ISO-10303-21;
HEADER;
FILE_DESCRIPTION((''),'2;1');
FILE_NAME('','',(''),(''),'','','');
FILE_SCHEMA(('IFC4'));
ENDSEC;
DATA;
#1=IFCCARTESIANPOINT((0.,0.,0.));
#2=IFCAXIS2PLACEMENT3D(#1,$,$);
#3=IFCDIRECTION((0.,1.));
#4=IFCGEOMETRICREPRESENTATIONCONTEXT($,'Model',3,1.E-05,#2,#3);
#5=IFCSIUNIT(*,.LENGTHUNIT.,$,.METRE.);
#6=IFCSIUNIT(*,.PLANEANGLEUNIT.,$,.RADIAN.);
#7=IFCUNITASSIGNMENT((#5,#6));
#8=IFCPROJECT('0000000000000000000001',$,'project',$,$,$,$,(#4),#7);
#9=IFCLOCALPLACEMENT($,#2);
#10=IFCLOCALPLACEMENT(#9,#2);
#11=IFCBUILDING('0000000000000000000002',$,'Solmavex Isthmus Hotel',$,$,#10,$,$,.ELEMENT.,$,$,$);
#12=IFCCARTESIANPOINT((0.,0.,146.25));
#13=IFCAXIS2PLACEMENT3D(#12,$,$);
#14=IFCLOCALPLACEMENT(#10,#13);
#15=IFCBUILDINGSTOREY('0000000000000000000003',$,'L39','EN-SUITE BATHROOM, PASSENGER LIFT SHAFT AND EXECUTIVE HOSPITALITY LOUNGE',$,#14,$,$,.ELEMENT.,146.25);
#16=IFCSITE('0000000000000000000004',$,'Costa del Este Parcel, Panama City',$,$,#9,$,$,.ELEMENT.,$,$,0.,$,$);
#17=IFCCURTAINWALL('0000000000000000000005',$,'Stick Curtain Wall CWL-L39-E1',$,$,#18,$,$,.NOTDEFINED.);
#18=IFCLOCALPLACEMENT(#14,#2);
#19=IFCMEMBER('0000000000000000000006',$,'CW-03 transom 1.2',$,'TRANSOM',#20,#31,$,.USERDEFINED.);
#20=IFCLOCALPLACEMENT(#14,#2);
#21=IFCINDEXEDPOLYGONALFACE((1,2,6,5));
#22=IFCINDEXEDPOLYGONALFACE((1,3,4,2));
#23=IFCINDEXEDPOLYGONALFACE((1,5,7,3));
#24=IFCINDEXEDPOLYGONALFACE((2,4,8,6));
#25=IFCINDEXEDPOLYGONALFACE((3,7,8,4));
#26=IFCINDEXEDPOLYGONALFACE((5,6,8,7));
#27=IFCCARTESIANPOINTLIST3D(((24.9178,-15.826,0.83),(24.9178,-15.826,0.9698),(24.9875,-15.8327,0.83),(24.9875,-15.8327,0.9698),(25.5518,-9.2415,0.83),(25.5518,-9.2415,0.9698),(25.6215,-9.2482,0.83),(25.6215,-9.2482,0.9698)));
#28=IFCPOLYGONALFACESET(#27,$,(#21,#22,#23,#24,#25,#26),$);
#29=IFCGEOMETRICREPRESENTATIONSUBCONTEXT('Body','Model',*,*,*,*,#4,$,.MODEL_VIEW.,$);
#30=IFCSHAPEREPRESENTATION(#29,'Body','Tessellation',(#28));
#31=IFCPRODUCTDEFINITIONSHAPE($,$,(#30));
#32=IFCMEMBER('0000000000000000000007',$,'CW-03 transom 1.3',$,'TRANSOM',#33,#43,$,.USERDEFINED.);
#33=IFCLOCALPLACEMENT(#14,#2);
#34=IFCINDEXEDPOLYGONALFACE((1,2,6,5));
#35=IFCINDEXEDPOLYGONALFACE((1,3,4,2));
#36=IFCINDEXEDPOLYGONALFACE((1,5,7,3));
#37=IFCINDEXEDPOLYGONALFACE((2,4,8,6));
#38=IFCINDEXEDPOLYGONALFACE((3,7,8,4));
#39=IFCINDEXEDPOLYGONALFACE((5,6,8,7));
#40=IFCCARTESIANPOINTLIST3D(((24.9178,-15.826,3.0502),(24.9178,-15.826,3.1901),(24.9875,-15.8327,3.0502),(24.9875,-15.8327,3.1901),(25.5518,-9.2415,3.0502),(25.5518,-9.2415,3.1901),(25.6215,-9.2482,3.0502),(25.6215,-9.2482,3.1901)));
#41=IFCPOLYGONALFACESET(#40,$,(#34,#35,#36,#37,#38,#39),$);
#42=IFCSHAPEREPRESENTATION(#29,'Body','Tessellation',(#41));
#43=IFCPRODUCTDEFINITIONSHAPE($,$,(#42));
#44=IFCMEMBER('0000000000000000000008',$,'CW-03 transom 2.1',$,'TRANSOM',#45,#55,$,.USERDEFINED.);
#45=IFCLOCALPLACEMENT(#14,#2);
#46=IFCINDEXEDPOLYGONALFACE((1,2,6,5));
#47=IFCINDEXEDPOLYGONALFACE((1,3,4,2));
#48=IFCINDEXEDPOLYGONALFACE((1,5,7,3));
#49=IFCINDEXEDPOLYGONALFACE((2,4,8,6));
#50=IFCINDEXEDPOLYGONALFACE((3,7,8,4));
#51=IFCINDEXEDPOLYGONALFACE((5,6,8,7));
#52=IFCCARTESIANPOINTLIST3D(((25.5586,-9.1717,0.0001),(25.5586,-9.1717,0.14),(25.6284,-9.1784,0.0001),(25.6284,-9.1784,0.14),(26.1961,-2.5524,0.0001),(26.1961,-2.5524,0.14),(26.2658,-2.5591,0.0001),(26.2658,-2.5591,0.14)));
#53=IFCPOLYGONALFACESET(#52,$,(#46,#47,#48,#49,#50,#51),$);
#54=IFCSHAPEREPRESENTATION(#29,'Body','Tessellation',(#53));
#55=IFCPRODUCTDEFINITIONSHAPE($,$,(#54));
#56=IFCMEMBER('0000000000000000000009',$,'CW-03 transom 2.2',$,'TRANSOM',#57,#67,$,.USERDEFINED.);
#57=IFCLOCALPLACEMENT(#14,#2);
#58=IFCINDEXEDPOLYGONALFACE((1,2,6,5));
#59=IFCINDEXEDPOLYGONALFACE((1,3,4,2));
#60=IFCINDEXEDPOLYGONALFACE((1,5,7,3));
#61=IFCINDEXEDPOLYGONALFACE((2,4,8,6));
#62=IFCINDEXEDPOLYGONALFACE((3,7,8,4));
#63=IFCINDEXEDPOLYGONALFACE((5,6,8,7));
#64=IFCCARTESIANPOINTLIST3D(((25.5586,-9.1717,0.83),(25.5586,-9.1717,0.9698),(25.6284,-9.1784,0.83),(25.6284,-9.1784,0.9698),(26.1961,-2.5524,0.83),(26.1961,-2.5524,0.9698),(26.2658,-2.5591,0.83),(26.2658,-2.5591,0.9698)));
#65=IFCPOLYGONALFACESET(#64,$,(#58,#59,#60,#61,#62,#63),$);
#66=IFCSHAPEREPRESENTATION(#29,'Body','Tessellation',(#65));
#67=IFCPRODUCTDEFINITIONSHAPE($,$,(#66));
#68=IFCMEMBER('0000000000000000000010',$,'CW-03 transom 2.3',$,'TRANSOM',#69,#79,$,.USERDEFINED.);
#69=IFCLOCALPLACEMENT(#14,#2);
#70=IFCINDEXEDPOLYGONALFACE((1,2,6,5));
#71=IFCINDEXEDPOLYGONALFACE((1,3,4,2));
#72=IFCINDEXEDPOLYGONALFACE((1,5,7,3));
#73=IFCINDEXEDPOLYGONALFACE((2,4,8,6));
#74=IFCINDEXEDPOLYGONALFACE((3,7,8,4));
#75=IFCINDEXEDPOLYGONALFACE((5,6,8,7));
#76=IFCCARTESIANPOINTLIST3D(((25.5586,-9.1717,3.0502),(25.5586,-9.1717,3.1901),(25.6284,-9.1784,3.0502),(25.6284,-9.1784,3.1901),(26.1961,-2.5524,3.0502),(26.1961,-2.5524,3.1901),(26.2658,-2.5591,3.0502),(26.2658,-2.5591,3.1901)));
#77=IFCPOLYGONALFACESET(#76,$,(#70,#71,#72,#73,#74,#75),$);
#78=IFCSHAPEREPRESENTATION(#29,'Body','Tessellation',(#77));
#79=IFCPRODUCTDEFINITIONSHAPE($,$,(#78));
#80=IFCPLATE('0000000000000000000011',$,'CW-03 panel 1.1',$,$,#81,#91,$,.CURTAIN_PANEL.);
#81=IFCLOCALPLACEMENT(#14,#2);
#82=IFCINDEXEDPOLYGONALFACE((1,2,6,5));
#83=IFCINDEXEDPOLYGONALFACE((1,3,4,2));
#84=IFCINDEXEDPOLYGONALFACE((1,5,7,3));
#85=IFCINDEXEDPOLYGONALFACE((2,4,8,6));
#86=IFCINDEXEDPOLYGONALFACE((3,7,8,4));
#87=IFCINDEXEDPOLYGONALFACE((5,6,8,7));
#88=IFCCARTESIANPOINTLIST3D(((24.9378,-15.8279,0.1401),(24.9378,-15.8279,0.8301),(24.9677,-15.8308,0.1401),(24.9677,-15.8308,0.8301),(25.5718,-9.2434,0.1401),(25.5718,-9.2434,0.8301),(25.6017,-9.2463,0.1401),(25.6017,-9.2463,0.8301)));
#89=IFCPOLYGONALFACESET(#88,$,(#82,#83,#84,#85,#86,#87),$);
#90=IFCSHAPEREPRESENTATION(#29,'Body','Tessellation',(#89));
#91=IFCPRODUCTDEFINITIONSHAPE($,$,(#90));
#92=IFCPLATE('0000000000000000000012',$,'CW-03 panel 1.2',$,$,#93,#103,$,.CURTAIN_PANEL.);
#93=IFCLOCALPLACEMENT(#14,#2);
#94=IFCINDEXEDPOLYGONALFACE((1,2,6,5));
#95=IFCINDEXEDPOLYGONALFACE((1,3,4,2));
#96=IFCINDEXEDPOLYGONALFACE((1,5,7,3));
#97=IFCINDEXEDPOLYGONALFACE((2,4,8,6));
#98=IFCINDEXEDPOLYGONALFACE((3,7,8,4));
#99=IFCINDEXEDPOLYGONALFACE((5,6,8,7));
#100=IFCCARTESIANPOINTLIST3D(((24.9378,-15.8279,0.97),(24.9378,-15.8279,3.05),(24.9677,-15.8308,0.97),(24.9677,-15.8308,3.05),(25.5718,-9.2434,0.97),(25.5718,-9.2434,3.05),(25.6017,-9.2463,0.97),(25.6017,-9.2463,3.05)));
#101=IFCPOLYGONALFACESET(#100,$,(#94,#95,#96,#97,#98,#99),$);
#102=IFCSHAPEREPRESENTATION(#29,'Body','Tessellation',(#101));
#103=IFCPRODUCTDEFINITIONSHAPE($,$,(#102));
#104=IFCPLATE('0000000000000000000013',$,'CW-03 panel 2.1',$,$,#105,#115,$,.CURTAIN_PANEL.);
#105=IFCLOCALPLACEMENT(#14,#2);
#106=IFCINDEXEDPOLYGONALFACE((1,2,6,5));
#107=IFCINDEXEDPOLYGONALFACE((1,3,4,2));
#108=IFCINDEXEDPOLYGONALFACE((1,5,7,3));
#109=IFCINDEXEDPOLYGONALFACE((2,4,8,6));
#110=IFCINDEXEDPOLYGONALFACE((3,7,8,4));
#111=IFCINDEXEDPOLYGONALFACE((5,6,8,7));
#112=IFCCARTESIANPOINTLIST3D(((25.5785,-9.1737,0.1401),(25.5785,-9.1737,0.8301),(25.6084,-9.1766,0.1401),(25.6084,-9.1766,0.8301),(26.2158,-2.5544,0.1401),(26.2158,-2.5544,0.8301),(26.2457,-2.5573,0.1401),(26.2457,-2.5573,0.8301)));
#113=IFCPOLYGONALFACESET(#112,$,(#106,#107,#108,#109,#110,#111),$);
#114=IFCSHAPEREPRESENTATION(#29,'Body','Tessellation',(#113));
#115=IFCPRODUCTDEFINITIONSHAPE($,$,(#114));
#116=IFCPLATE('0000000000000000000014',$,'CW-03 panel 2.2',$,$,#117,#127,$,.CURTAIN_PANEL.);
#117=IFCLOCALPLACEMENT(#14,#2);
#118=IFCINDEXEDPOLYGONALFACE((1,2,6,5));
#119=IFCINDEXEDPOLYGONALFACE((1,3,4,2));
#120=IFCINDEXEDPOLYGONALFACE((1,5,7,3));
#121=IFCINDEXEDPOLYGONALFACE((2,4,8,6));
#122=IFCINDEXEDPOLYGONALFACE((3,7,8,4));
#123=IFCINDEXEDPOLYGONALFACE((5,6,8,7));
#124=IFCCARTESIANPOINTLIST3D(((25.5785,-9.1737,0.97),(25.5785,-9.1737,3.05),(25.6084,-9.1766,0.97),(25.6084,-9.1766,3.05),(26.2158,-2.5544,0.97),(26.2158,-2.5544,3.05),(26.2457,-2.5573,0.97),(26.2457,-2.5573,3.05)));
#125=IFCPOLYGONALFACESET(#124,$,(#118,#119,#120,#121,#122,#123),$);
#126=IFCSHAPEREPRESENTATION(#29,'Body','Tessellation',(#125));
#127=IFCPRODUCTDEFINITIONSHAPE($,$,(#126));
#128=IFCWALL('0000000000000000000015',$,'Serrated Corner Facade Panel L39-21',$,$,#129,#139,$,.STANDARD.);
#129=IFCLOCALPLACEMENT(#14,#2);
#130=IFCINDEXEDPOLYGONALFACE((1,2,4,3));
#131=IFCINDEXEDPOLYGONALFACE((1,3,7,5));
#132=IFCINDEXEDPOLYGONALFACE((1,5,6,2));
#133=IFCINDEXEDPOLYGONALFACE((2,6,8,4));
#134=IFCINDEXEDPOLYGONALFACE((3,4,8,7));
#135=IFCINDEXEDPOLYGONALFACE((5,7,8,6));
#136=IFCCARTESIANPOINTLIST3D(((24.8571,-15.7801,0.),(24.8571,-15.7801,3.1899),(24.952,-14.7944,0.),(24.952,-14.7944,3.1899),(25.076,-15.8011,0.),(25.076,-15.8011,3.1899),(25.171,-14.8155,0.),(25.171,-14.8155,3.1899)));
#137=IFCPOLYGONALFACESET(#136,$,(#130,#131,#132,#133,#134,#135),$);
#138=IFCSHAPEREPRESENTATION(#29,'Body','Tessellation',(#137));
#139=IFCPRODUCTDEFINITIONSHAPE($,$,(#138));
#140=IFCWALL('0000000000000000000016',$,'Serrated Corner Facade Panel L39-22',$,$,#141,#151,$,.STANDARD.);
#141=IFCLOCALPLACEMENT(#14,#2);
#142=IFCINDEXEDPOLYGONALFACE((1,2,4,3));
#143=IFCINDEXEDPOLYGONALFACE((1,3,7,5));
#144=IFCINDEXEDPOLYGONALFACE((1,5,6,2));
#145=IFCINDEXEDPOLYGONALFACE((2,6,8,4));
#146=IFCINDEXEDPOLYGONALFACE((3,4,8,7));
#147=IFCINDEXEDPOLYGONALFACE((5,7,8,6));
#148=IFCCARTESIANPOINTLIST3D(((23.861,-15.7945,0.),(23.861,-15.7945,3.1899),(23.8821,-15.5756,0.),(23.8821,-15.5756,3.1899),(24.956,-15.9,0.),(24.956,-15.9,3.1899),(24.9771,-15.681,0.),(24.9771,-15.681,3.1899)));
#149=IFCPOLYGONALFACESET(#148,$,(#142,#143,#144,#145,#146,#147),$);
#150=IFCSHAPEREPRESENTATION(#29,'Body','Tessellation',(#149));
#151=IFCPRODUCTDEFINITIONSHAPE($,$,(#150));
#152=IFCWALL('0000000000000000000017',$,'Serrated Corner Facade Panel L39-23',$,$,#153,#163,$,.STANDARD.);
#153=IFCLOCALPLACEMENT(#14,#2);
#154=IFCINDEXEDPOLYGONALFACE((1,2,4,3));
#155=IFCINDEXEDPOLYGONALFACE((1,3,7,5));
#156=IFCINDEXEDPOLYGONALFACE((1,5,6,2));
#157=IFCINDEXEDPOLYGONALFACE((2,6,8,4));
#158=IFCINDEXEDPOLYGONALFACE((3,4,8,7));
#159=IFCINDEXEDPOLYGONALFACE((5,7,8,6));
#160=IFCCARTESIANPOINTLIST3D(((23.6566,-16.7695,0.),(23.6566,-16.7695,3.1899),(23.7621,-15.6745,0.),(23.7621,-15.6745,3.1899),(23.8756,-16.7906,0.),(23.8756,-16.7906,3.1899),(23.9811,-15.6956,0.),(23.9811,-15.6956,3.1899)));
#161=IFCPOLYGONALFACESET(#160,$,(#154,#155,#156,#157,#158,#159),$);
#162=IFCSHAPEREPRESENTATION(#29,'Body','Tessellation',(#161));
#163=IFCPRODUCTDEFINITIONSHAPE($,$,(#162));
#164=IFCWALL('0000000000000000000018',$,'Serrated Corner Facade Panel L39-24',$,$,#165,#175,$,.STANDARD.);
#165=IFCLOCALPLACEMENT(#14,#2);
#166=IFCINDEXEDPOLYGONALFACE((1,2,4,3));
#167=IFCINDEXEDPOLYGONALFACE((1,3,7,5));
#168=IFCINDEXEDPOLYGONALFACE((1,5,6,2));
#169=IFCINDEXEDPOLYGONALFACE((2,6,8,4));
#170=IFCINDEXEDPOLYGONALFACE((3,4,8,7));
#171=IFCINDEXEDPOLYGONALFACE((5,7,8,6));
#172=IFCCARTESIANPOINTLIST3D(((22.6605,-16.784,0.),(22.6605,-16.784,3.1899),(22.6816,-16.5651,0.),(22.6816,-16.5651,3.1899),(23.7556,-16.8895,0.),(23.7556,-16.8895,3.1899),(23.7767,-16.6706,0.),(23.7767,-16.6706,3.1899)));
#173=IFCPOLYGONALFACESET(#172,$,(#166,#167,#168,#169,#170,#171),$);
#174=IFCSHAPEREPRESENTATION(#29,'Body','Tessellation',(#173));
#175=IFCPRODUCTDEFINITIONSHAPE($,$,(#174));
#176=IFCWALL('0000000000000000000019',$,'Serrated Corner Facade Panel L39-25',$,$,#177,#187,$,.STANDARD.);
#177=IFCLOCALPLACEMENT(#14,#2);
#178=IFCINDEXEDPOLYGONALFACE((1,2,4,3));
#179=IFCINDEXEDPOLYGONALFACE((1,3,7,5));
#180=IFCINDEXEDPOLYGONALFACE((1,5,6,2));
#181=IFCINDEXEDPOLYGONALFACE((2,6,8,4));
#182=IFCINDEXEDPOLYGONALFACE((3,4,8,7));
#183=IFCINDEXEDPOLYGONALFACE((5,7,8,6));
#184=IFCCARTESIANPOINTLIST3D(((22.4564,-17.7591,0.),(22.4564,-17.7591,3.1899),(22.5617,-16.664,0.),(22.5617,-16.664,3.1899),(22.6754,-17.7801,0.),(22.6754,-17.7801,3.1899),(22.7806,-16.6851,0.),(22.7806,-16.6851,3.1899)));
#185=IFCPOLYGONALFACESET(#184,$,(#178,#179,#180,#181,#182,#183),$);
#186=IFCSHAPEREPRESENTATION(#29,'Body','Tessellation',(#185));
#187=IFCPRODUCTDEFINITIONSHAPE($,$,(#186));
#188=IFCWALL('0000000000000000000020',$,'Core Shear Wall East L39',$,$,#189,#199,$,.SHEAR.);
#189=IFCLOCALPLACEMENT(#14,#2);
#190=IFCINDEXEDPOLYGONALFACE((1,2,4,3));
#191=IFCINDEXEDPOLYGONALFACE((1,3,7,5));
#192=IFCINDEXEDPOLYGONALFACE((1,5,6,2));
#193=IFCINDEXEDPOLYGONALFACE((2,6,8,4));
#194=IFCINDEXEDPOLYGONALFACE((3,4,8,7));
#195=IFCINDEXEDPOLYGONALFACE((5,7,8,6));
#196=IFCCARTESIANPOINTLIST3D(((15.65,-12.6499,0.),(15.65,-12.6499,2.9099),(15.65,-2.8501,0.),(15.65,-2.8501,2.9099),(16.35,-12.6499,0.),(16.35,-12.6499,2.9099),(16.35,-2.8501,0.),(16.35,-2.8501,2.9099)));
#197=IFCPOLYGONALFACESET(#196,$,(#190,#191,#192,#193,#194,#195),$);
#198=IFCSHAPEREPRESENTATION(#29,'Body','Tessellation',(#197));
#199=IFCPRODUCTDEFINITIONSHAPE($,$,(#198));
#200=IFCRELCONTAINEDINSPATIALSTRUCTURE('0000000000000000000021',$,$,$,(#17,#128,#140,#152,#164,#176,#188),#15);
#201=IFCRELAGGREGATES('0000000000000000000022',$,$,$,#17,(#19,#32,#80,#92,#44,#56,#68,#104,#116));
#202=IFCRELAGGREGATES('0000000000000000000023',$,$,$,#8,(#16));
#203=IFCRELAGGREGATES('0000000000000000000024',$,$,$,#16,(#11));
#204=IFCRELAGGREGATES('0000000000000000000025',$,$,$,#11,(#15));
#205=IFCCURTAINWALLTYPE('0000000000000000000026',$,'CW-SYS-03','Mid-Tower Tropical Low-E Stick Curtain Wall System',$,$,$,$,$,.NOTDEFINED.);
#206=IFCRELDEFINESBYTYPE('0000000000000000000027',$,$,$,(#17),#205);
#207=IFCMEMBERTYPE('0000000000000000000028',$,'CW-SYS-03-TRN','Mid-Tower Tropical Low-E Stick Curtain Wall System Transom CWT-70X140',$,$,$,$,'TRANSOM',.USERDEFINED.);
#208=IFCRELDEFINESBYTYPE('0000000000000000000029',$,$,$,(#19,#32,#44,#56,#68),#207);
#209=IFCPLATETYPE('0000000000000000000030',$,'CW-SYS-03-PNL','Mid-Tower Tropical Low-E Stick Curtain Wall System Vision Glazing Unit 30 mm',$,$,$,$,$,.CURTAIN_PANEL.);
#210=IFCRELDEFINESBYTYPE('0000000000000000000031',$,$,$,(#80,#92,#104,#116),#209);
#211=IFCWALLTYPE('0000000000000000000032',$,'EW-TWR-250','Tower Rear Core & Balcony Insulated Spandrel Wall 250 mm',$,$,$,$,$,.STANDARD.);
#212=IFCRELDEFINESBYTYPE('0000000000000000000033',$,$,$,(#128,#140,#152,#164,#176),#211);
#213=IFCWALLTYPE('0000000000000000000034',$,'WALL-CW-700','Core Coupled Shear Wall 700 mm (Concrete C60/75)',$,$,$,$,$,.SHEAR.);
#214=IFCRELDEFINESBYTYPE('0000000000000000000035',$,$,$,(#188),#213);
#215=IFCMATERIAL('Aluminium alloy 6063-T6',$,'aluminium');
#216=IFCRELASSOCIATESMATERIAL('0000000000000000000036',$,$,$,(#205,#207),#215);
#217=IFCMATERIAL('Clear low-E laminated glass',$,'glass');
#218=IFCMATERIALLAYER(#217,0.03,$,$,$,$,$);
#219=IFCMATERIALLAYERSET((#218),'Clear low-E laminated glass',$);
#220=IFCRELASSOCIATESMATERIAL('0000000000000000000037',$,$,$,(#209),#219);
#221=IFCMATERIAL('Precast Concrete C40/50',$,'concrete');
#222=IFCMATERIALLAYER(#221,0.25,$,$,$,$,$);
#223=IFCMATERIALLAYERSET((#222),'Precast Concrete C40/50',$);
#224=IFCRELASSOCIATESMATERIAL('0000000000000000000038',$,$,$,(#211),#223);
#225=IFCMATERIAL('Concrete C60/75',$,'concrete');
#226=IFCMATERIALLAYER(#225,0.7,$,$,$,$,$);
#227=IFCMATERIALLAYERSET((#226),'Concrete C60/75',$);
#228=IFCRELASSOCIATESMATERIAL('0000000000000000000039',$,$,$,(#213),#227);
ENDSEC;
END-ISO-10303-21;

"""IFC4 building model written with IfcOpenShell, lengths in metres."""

from ifc_helpers import new_model, si_unit, direction, frame, frame_2d, origin, origin_2d, place, context, subcontext, project, spatial, rectangle, extrude, material, layer, layer_set, material_profile, profile_set, type_object, element, aggregate, save


model = new_model("IFC4")

# Units and contexts
model_context = context("Model", 3, precision=1e-05, world=origin(), true_north=direction((0.0, 1.0)))
body_context = subcontext(model_context, "Body", "Model", "MODEL_VIEW")
ifc_project = project(units=[si_unit("LENGTHUNIT", "METRE"), si_unit("PLANEANGLEUNIT", "RADIAN")], contexts=[model_context])

# Site, building, storey
site_placement = place(None, origin())
site = spatial("IfcSite", under=ifc_project, at=site_placement, Name="Costa del Este Parcel, Panama City", CompositionType="ELEMENT", RefElevation=0.0)
building_placement = place(site_placement, origin())
building = spatial("IfcBuilding", under=site, at=building_placement, Name="Solmavex Isthmus Hotel", CompositionType="ELEMENT")
storey_placement = place(building_placement, frame((0.0, 0.0, 146.25)))
storey = spatial("IfcBuildingStorey", under=building, at=storey_placement, Name="L39", Description="EN-SUITE BATHROOM, PASSENGER LIFT SHAFT AND EXECUTIVE HOSPITALITY LOUNGE", CompositionType="ELEMENT", Elevation=146.25)

# Shared definitions
ifc_material_1 = material(Name="Concrete C60/75", Category="concrete")

# Curtain wall, members, plates
ifc_material_2 = material(Name="Aluminium alloy 6063-T6", Category="aluminium")
curtain_wall_type = type_object("IfcCurtainWallType", Name="CW-SYS-03", Description="Mid-Tower Tropical Low-E Stick Curtain Wall System", PredefinedType="NOTDEFINED", material=ifc_material_2)
curtain_wall_placement = place(storey_placement, origin())
curtain_wall = element("IfcCurtainWall", 1, at=curtain_wall_placement, inside=storey, type_object=curtain_wall_type, Name="Stick Curtain Wall CWL-L39-E1", PredefinedType="NOTDEFINED")
ifc_material_profile_1 = material_profile(ifc_material_2, rectangle(XDim=0.0701, YDim=0.1399, at=origin_2d()), Name="CWT-70X140")
ifc_profile_set_1 = profile_set([ifc_material_profile_1], Name="Aluminium alloy 6063-T6")
member_type_1 = type_object("IfcMemberType", Name="CW-SYS-03-TRN", Description="Mid-Tower Tropical Low-E Stick Curtain Wall System Transom CWT-70X140", ElementType="TRANSOM", PredefinedType="USERDEFINED", material=ifc_profile_set_1)
member_1_placement = place(storey_placement, frame((24.9526, -15.8293, 0.8999), z_axis=(0.095849, 0.995396, 0.0), x_axis=(-0.995396, 0.095849, 0.0)))
member_1 = element("IfcMember", 2, at=member_1_placement, type_object=member_type_1, Name="CW-03 transom 1.2", ObjectType="TRANSOM", PredefinedType="USERDEFINED", context=body_context, shape_type="SweptSolid", body=[
    extrude(rectangle(XDim=0.0701, YDim=0.1399, at=origin_2d()), origin(), (0.0, 0.0, 1.0), 6.615),
])
member_2_placement = place(storey_placement, frame((24.9526, -15.8293, 3.1201), z_axis=(0.095849, 0.995396, 0.0), x_axis=(-0.995396, 0.095849, 0.0)))
member_2 = element("IfcMember", 3, at=member_2_placement, type_object=member_type_1, Name="CW-03 transom 1.3", ObjectType="TRANSOM", PredefinedType="USERDEFINED", context=body_context, shape_type="SweptSolid", body=[
    extrude(rectangle(XDim=0.0701, YDim=0.1399, at=origin_2d()), origin(), (0.0, 0.0, 1.0), 6.615),
])
member_3_placement = place(storey_placement, frame((25.5935, -9.175, 0.0701), z_axis=(0.095857, 0.995395, 0.0), x_axis=(-0.995395, 0.095857, 0.0)))
member_3 = element("IfcMember", 4, at=member_3_placement, type_object=member_type_1, Name="CW-03 transom 2.1", ObjectType="TRANSOM", PredefinedType="USERDEFINED", context=body_context, shape_type="SweptSolid", body=[
    extrude(rectangle(XDim=0.0701, YDim=0.1399, at=origin_2d()), origin(), (0.0, 0.0, 1.0), 6.6499),
])
member_4_placement = place(storey_placement, frame((25.5935, -9.175, 0.8999), z_axis=(0.095857, 0.995395, 0.0), x_axis=(-0.995395, 0.095857, 0.0)))
member_4 = element("IfcMember", 5, at=member_4_placement, type_object=member_type_1, Name="CW-03 transom 2.2", ObjectType="TRANSOM", PredefinedType="USERDEFINED", context=body_context, shape_type="SweptSolid", body=[
    extrude(rectangle(XDim=0.0701, YDim=0.1399, at=origin_2d()), origin(), (0.0, 0.0, 1.0), 6.6499),
])
member_5_placement = place(storey_placement, frame((25.5935, -9.175, 3.1201), z_axis=(0.095857, 0.995395, 0.0), x_axis=(-0.995395, 0.095857, 0.0)))
member_5 = element("IfcMember", 6, at=member_5_placement, type_object=member_type_1, Name="CW-03 transom 2.3", ObjectType="TRANSOM", PredefinedType="USERDEFINED", context=body_context, shape_type="SweptSolid", body=[
    extrude(rectangle(XDim=0.0701, YDim=0.1399, at=origin_2d()), origin(), (0.0, 0.0, 1.0), 6.6499),
])
ifc_material_3 = material(Name="Clear low-E laminated glass", Category="glass")
ifc_layer_1 = layer(ifc_material_3, 0.03)
ifc_layer_set_1 = layer_set([ifc_layer_1], Name="Clear low-E laminated glass")
plate_type = type_object("IfcPlateType", Name="CW-SYS-03-PNL", Description="Mid-Tower Tropical Low-E Stick Curtain Wall System Vision Glazing Unit 30 mm", PredefinedType="CURTAIN_PANEL", material=ifc_layer_set_1)
plate_1_placement = place(storey_placement, frame((25.2698, -12.5371, 0.1401), z_axis=(0.0, 0.0, 1.0), x_axis=(0.095846, 0.995396, 0.0)))
plate_1 = element("IfcPlate", 7, at=plate_1_placement, type_object=plate_type, Name="CW-03 panel 1.1", PredefinedType="CURTAIN_PANEL", context=body_context, shape_type="SweptSolid", body=[
    extrude(rectangle(XDim=6.615, YDim=0.03, at=origin_2d()), origin(), (0.0, 0.0, 1.0), 0.6899),
])
plate_2_placement = place(storey_placement, frame((25.2698, -12.5371, 0.97), z_axis=(0.0, 0.0, 1.0), x_axis=(0.095846, 0.995396, 0.0)))
plate_2 = element("IfcPlate", 8, at=plate_2_placement, type_object=plate_type, Name="CW-03 panel 1.2", PredefinedType="CURTAIN_PANEL", context=body_context, shape_type="SweptSolid", body=[
    extrude(rectangle(XDim=6.615, YDim=0.03, at=origin_2d()), origin(), (0.0, 0.0, 1.0), 2.0801),
])
plate_3_placement = place(storey_placement, frame((25.9121, -5.8655, 0.1401), z_axis=(0.0, 0.0, 1.0), x_axis=(0.095846, 0.995396, 0.0)))
plate_3 = element("IfcPlate", 9, at=plate_3_placement, type_object=plate_type, Name="CW-03 panel 2.1", PredefinedType="CURTAIN_PANEL", context=body_context, shape_type="SweptSolid", body=[
    extrude(rectangle(XDim=6.6499, YDim=0.03, at=origin_2d()), origin(), (0.0, 0.0, 1.0), 0.6899),
])
plate_4_placement = place(storey_placement, frame((25.9121, -5.8655, 0.97), z_axis=(0.0, 0.0, 1.0), x_axis=(0.095846, 0.995396, 0.0)))
plate_4 = element("IfcPlate", 10, at=plate_4_placement, type_object=plate_type, Name="CW-03 panel 2.2", PredefinedType="CURTAIN_PANEL", context=body_context, shape_type="SweptSolid", body=[
    extrude(rectangle(XDim=6.6499, YDim=0.03, at=origin_2d()), origin(), (0.0, 0.0, 1.0), 2.0801),
])
aggregate(curtain_wall, [member_1, member_2, plate_1, plate_2, member_3, member_4, member_5, plate_3, plate_4])

# Walls
ifc_material_4 = material(Name="Precast Concrete C40/50", Category="concrete")
ifc_layer_2 = layer(ifc_material_4, 0.25)
ifc_layer_set_2 = layer_set([ifc_layer_2], Name="Precast Concrete C40/50")
wall_type_1 = type_object("IfcWallType", Name="EW-TWR-250", Description="Tower Rear Core & Balcony Insulated Spandrel Wall 250 mm", PredefinedType="STANDARD", material=ifc_layer_set_2)
wall_1_placement = place(storey_placement, frame((25.0615, -14.8049, 0.0), z_axis=(0.0, 0.0, 1.0), x_axis=(-0.095914, -0.99539, 0.0)))
element("IfcWall", 11, at=wall_1_placement, inside=storey, type_object=wall_type_1, Name="Serrated Corner Facade Panel L39-21", PredefinedType="STANDARD", context=body_context, shape_type="SweptSolid", body=[
    extrude(rectangle(XDim=0.9902, YDim=0.22, at=frame_2d((0.4951, 0.0))), origin(), (0.0, 0.0, 1.0), 3.1899),
])
for number, where, z_axis, x_axis, name in (
    (12, (24.9666, -15.7905, 0.0), (0.0, 0.0, 1.0), (-0.995393, 0.095877, 0.0), "Serrated Corner Facade Panel L39-22"),
    (13, (23.8716, -15.6851, 0.0), (0.0, 0.0, 1.0), (-0.095877, -0.995393, 0.0), "Serrated Corner Facade Panel L39-23"),
    (14, (23.7661, -16.78, 0.0), (0.0, 0.0, 1.0), (-0.995393, 0.095877, 0.0), "Serrated Corner Facade Panel L39-24"),
    (15, (22.6711, -16.6746, 0.0), (0.0, 0.0, 1.0), (-0.095657, -0.995414, 0.0), "Serrated Corner Facade Panel L39-25"),
):
    element("IfcWall", number, at=place(storey_placement, frame(where, z_axis=z_axis, x_axis=x_axis)), inside=storey, type_object=wall_type_1, Name=name, PredefinedType="STANDARD", context=body_context, shape_type="SweptSolid", body=[
        extrude(rectangle(XDim=1.1001, YDim=0.22, at=frame_2d((0.55, 0.0))), origin(), (0.0, 0.0, 1.0), 3.1899),
    ])
ifc_layer_3 = layer(ifc_material_1, 0.7)
ifc_layer_set_3 = layer_set([ifc_layer_3], Name="Concrete C60/75")
wall_type_2 = type_object("IfcWallType", Name="WALL-CW-700", Description="Core Coupled Shear Wall 700 mm (Concrete C60/75)", PredefinedType="SHEAR", material=ifc_layer_set_3)
wall_2_placement = place(storey_placement, frame((16.0, -12.6499, 0.0), z_axis=(0.0, 0.0, 1.0), x_axis=(0.0, 1.0, 0.0)))
element("IfcWall", 16, at=wall_2_placement, inside=storey, type_object=wall_type_2, Name="Core Shear Wall East L39", PredefinedType="SHEAR", context=body_context, shape_type="SweptSolid", body=[
    extrude(rectangle(XDim=9.7998, YDim=0.7, at=frame_2d((4.8999, 0.0))), origin(), (0.0, 0.0, 1.0), 2.9099),
])

save(model, "model.ifc")
